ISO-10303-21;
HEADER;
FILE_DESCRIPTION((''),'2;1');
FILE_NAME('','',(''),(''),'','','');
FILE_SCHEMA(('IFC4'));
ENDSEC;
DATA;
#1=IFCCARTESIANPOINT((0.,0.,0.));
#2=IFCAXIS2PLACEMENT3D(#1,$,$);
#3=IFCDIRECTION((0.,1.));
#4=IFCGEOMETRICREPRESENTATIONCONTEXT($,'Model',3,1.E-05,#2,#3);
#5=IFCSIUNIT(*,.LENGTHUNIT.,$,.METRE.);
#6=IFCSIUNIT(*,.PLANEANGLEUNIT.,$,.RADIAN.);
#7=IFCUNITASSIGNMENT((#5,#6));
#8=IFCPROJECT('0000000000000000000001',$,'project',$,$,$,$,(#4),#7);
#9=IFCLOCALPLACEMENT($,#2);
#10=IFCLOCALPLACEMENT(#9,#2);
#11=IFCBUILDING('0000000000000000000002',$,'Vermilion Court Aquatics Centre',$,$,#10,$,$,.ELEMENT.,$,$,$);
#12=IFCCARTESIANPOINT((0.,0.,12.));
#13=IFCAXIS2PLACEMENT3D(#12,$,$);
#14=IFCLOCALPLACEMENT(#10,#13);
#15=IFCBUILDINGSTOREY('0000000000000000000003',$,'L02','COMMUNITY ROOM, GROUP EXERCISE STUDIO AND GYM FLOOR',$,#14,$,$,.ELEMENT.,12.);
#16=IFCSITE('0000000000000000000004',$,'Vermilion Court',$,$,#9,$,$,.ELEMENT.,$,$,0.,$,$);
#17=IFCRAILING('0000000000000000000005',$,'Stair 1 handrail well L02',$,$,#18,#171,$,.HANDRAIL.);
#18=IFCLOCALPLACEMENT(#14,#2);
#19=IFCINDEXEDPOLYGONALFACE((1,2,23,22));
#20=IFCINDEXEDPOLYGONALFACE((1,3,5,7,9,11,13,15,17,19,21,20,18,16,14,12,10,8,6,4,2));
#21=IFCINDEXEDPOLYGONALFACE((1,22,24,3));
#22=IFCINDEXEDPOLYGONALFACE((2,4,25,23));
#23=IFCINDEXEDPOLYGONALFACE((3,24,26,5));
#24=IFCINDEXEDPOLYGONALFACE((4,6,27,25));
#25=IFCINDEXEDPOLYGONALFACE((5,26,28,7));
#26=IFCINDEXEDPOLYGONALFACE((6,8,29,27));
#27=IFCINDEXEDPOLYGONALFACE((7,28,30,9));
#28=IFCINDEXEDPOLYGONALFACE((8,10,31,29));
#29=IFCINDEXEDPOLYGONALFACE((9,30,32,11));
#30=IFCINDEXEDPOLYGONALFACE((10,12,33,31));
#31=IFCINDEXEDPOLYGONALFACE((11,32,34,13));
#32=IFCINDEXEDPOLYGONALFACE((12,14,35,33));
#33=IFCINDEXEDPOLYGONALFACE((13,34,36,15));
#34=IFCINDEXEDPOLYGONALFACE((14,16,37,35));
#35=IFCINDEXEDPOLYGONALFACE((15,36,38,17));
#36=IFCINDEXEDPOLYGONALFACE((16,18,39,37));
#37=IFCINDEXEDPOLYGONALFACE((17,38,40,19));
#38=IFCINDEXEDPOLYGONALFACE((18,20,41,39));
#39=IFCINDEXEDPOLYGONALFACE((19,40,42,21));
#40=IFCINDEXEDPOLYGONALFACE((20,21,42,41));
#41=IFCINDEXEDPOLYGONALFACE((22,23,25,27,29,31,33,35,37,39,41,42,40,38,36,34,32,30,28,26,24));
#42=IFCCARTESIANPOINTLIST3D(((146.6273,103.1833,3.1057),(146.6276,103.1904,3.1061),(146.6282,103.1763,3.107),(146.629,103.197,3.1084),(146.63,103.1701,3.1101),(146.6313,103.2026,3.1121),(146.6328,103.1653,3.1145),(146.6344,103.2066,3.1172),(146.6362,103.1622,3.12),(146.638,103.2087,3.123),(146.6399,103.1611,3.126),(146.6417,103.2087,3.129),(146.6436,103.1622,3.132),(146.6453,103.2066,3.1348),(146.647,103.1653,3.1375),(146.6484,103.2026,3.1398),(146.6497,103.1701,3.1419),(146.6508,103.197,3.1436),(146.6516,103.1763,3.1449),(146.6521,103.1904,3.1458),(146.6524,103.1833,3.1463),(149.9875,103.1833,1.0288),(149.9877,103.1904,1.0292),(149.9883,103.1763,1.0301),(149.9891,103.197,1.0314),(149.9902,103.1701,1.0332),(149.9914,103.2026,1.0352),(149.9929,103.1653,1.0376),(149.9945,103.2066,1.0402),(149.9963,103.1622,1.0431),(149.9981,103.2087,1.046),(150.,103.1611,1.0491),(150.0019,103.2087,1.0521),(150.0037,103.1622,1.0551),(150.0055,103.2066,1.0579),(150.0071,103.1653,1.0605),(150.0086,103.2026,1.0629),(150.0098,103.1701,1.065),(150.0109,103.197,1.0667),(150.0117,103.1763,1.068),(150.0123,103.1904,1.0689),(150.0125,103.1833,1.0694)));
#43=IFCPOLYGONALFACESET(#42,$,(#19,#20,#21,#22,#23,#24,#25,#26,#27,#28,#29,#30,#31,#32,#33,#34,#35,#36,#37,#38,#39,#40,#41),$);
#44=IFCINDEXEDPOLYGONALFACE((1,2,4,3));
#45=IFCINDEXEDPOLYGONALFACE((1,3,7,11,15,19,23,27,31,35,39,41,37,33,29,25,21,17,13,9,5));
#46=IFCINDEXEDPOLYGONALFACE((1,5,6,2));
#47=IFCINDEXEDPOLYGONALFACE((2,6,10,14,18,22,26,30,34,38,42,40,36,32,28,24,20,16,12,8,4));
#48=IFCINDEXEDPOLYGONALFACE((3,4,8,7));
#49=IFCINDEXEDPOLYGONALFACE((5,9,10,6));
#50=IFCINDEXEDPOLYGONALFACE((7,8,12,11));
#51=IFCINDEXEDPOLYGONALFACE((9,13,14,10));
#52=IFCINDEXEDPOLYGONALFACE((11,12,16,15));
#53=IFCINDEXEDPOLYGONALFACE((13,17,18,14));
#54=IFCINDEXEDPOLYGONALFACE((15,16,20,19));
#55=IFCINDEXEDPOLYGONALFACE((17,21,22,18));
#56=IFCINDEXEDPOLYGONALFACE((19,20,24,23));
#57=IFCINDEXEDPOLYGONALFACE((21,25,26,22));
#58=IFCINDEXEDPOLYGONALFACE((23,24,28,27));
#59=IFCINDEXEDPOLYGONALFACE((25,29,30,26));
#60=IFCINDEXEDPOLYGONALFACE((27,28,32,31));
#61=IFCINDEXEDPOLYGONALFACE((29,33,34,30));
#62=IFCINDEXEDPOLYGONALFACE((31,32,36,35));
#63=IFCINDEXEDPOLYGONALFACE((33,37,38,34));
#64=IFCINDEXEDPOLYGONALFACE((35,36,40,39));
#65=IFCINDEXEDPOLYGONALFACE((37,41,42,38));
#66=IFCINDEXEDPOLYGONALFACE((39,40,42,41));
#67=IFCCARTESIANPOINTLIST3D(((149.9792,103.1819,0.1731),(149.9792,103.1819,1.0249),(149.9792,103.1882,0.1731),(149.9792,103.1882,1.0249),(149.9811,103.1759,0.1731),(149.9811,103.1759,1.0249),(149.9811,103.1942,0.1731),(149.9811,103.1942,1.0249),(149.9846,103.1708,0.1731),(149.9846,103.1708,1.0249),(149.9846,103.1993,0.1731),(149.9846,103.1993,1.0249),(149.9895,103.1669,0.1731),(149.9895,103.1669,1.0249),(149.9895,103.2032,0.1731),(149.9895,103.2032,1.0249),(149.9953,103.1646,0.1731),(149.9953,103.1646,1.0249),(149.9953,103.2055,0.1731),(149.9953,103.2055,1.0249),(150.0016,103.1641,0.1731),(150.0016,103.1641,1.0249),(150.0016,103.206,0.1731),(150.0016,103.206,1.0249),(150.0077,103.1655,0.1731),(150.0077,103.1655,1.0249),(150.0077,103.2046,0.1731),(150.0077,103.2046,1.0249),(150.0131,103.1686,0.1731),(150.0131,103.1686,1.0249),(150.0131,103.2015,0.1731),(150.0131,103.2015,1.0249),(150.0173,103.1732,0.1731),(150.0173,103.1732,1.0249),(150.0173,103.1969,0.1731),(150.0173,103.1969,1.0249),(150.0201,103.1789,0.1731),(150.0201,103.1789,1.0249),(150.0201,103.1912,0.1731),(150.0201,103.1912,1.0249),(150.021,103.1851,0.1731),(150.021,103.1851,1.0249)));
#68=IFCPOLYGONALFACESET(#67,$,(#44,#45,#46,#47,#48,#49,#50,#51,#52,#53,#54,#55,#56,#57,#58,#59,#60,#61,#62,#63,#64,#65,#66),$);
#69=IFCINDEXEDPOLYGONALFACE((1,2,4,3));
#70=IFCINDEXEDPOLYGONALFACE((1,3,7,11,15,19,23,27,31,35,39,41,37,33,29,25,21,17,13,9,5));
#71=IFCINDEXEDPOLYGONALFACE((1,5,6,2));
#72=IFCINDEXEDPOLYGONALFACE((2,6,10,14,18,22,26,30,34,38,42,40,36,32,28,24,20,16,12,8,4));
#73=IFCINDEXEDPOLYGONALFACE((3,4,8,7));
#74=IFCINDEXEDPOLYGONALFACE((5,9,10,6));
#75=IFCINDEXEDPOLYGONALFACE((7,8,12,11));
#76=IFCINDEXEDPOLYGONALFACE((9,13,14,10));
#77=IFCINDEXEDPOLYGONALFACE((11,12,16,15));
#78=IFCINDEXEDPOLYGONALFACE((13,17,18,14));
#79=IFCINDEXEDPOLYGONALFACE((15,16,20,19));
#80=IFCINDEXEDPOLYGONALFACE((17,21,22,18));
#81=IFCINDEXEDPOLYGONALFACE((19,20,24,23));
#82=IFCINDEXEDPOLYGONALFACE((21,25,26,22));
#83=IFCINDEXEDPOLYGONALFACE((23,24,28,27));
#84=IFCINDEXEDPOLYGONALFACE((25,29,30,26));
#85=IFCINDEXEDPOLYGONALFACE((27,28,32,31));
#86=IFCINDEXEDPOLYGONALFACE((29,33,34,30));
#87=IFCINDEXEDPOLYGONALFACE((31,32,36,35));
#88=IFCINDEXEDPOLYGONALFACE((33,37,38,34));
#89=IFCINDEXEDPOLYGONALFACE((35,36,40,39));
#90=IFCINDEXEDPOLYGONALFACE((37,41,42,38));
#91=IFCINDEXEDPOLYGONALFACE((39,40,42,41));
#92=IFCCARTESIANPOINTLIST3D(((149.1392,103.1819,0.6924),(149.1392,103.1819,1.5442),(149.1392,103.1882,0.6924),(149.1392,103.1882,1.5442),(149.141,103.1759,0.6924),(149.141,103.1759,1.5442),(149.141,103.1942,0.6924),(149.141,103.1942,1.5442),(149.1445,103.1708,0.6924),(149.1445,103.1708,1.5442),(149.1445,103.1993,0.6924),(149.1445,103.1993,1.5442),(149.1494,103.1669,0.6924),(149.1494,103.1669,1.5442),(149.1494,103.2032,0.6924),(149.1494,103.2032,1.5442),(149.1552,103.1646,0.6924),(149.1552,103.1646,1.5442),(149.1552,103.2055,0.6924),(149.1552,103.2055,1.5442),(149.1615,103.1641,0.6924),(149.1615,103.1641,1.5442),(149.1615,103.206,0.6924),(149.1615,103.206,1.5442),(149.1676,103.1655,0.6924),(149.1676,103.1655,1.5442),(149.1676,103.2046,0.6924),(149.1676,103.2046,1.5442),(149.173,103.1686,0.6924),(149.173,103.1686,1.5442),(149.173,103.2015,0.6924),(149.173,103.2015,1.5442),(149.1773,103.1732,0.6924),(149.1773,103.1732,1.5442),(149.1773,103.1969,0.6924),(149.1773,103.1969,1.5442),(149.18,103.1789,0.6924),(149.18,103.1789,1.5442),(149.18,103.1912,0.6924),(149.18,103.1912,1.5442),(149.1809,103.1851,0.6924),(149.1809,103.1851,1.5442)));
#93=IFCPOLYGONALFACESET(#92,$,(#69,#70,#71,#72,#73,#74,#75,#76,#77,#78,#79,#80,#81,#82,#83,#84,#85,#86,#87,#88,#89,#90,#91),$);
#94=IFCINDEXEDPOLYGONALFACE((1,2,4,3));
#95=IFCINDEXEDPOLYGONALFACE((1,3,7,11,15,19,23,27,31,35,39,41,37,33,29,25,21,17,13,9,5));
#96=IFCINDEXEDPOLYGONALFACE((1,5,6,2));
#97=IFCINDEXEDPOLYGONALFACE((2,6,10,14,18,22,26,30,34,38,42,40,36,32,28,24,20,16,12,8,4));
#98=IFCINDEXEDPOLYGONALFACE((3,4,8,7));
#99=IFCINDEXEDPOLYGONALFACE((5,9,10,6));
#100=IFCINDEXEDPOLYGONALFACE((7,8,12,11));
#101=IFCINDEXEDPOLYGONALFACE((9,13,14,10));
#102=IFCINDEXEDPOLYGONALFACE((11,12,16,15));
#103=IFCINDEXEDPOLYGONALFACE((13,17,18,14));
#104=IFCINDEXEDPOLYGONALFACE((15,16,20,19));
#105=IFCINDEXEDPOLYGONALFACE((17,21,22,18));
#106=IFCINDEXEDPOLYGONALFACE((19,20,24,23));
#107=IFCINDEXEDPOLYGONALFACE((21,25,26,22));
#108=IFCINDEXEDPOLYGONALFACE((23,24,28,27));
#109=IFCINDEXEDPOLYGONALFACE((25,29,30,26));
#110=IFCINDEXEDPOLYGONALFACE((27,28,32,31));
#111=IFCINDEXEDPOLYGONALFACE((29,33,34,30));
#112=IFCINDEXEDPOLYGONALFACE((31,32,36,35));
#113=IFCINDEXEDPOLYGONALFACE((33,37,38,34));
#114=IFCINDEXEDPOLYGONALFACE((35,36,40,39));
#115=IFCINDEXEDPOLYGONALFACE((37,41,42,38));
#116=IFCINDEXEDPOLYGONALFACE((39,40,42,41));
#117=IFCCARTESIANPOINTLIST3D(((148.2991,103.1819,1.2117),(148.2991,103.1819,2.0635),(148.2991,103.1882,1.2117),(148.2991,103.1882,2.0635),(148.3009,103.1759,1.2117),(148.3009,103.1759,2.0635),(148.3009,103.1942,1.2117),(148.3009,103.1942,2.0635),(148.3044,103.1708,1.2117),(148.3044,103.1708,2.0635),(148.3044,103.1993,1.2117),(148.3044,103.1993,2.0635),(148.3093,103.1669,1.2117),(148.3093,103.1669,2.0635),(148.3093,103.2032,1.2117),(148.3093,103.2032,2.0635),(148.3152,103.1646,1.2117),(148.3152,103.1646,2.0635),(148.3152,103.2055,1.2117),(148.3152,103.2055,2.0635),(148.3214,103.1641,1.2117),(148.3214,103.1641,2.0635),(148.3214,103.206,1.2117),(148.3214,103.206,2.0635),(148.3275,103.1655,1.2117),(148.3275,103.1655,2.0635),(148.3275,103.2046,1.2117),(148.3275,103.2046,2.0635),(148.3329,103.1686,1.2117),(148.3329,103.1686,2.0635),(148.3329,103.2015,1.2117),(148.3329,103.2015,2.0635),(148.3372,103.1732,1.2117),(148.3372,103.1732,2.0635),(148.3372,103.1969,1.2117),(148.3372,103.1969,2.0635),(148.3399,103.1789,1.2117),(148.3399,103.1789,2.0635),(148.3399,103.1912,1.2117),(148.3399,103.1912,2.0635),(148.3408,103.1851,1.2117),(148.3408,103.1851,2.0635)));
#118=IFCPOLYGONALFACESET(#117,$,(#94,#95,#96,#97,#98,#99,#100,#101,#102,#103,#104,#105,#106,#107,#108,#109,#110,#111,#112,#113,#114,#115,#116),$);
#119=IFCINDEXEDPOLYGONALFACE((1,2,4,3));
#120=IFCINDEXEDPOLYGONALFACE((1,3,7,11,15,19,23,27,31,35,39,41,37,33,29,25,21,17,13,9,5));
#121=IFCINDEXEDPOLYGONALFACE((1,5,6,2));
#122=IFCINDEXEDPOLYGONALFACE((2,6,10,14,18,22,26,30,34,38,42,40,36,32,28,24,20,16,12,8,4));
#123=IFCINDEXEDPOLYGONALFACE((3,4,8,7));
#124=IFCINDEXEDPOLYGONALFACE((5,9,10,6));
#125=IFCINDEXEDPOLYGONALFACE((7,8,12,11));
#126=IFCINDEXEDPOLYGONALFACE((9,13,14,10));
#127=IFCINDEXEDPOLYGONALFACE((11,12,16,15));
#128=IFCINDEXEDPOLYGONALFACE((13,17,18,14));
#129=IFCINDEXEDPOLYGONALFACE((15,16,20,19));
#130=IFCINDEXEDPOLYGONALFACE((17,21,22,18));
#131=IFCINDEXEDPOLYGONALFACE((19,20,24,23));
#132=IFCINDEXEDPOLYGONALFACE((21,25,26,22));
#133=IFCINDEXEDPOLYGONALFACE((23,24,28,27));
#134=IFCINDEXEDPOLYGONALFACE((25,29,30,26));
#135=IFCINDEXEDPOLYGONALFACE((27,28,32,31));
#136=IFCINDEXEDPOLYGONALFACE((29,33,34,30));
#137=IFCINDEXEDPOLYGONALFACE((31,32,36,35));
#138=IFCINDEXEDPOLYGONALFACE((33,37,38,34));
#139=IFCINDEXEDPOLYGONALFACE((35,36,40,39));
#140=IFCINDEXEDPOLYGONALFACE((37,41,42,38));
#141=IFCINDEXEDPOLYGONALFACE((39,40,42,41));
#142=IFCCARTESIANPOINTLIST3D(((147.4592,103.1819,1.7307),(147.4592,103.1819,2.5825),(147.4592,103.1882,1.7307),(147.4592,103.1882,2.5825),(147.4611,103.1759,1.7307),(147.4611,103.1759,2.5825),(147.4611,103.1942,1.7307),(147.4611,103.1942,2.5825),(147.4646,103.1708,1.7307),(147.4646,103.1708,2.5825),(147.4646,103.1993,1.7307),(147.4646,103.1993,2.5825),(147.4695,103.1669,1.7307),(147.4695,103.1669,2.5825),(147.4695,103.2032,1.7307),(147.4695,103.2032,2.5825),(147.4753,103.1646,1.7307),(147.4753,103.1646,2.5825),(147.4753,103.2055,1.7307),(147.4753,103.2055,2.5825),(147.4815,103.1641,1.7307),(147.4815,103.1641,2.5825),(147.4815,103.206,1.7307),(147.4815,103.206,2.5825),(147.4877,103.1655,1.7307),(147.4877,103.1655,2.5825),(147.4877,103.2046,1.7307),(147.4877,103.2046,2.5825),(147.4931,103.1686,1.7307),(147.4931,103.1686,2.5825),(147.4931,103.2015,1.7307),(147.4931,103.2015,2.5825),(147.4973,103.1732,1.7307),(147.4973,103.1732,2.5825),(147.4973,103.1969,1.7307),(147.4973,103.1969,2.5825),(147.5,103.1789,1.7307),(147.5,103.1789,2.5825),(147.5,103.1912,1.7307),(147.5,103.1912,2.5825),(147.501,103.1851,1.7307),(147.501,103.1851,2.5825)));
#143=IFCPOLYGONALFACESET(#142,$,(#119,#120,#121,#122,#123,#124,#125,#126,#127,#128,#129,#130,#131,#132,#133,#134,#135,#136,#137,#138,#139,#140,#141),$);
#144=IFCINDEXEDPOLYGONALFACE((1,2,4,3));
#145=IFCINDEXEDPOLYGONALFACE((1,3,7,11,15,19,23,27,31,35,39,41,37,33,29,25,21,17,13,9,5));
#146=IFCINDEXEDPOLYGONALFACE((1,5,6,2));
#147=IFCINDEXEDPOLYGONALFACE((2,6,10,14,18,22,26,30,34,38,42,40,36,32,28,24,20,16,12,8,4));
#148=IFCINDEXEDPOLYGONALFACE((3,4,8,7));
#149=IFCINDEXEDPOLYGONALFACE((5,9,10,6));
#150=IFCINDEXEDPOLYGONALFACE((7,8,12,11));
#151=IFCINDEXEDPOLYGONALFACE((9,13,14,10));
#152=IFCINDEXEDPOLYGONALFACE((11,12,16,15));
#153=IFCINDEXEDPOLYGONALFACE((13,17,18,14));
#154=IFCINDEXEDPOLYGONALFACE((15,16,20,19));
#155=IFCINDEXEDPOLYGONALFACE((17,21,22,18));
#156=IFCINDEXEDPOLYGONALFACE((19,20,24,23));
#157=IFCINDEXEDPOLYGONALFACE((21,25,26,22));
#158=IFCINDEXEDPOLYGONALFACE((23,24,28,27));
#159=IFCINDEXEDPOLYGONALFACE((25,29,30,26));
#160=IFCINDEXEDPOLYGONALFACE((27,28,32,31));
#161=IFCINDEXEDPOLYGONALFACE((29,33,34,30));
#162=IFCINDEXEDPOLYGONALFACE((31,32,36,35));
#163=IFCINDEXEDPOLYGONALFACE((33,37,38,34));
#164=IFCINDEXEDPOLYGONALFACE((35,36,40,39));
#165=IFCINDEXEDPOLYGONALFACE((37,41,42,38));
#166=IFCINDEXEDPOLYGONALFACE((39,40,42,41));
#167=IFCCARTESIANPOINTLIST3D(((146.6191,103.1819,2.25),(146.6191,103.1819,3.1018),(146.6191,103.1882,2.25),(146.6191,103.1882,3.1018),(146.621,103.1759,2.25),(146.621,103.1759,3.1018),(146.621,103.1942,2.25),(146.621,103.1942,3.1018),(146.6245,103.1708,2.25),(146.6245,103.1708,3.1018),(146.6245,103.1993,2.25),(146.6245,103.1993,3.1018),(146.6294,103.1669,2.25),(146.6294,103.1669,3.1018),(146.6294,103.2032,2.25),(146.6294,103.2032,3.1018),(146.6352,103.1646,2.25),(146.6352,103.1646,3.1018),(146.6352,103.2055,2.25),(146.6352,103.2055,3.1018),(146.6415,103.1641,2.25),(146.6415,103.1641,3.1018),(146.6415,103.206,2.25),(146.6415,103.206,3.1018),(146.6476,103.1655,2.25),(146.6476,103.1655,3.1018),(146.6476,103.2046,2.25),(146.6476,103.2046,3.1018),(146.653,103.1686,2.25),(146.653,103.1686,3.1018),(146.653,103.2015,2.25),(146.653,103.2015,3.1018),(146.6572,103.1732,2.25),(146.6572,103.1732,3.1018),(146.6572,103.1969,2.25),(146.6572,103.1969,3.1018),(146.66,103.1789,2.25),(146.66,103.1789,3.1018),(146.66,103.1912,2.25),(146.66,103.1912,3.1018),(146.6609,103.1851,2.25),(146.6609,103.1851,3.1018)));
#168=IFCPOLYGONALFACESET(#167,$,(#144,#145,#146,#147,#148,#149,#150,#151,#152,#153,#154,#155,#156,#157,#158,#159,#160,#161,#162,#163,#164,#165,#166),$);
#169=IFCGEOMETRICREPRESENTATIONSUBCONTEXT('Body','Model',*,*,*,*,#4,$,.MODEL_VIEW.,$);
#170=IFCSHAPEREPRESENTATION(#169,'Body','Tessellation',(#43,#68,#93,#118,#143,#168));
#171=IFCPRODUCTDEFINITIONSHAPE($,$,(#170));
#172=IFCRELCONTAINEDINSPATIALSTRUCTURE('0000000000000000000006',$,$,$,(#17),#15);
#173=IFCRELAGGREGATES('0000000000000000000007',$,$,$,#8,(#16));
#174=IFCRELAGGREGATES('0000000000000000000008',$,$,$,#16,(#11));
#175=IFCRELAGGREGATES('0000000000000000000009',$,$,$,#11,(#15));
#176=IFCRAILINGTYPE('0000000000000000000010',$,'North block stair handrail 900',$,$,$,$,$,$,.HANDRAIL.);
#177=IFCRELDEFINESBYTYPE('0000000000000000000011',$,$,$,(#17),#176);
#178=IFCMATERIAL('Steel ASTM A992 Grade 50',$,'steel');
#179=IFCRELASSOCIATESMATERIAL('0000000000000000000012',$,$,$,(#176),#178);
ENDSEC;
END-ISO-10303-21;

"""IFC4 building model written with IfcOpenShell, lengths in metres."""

from ifc_helpers import new_model, si_unit, direction, frame, origin, origin_2d, place, context, subcontext, project, spatial, circle, extrude, material, type_object, element, save


model = new_model("IFC4")

# Units and contexts
model_context = context("Model", 3, precision=1e-05, world=origin(), true_north=direction((0.0, 1.0)))
body_context = subcontext(model_context, "Body", "Model", "MODEL_VIEW")
ifc_project = project(units=[si_unit("LENGTHUNIT", "METRE"), si_unit("PLANEANGLEUNIT", "RADIAN")], contexts=[model_context])

# Site, building, storey
site_placement = place(None, origin())
site = spatial("IfcSite", under=ifc_project, at=site_placement, Name="Vermilion Court", CompositionType="ELEMENT", RefElevation=0.0)
building_placement = place(site_placement, origin())
building = spatial("IfcBuilding", under=site, at=building_placement, Name="Vermilion Court Aquatics Centre", CompositionType="ELEMENT")
storey_placement = place(building_placement, frame((0.0, 0.0, 12.0)))
storey = spatial("IfcBuildingStorey", under=building, at=storey_placement, Name="L02", Description="COMMUNITY ROOM, GROUP EXERCISE STUDIO AND GYM FLOOR", CompositionType="ELEMENT", Elevation=12.0)

# Railing
ifc_material_1 = material(Name="Steel ASTM A992 Grade 50", Category="steel")
railing_type_1 = type_object("IfcRailingType", Name="North block stair handrail 900", PredefinedType="HANDRAIL", material=ifc_material_1)
for number, where, name in (
    (1, (150.0, 103.1851, 0.1731), "Stair 1 handrail well L02"),
):
    element("IfcRailing", number, at=place(storey_placement, frame(where)), inside=storey, type_object=railing_type_1, Name=name, PredefinedType="HANDRAIL", context=body_context, shape_type="SweptSolid", body=[
        extrude(circle(Radius=0.0239, at=origin_2d()), frame((0.0, 0.0, 0.876), z_axis=(-0.850623, 0.0, 0.525776), x_axis=(0.0, -1.0, 0.0)), (0.0, 0.0, 1.0), 3.9502),
        extrude(circle(Radius=0.021, at=origin_2d()), origin(), (0.0, 0.0, 1.0), 0.8518),
        extrude(circle(Radius=0.021, at=origin_2d()), frame((-0.8401, 0.0, 0.5193)), (0.0, 0.0, 1.0), 0.8518),
        extrude(circle(Radius=0.021, at=origin_2d()), frame((-1.6802, 0.0, 1.0386)), (0.0, 0.0, 1.0), 0.8518),
        extrude(circle(Radius=0.021, at=origin_2d()), frame((-2.52, 0.0, 1.5576)), (0.0, 0.0, 1.0), 0.8518),
        extrude(circle(Radius=0.021, at=origin_2d()), frame((-3.3601, 0.0, 2.0769)), (0.0, 0.0, 1.0), 0.8518),
    ])

save(model, "model.ifc")
